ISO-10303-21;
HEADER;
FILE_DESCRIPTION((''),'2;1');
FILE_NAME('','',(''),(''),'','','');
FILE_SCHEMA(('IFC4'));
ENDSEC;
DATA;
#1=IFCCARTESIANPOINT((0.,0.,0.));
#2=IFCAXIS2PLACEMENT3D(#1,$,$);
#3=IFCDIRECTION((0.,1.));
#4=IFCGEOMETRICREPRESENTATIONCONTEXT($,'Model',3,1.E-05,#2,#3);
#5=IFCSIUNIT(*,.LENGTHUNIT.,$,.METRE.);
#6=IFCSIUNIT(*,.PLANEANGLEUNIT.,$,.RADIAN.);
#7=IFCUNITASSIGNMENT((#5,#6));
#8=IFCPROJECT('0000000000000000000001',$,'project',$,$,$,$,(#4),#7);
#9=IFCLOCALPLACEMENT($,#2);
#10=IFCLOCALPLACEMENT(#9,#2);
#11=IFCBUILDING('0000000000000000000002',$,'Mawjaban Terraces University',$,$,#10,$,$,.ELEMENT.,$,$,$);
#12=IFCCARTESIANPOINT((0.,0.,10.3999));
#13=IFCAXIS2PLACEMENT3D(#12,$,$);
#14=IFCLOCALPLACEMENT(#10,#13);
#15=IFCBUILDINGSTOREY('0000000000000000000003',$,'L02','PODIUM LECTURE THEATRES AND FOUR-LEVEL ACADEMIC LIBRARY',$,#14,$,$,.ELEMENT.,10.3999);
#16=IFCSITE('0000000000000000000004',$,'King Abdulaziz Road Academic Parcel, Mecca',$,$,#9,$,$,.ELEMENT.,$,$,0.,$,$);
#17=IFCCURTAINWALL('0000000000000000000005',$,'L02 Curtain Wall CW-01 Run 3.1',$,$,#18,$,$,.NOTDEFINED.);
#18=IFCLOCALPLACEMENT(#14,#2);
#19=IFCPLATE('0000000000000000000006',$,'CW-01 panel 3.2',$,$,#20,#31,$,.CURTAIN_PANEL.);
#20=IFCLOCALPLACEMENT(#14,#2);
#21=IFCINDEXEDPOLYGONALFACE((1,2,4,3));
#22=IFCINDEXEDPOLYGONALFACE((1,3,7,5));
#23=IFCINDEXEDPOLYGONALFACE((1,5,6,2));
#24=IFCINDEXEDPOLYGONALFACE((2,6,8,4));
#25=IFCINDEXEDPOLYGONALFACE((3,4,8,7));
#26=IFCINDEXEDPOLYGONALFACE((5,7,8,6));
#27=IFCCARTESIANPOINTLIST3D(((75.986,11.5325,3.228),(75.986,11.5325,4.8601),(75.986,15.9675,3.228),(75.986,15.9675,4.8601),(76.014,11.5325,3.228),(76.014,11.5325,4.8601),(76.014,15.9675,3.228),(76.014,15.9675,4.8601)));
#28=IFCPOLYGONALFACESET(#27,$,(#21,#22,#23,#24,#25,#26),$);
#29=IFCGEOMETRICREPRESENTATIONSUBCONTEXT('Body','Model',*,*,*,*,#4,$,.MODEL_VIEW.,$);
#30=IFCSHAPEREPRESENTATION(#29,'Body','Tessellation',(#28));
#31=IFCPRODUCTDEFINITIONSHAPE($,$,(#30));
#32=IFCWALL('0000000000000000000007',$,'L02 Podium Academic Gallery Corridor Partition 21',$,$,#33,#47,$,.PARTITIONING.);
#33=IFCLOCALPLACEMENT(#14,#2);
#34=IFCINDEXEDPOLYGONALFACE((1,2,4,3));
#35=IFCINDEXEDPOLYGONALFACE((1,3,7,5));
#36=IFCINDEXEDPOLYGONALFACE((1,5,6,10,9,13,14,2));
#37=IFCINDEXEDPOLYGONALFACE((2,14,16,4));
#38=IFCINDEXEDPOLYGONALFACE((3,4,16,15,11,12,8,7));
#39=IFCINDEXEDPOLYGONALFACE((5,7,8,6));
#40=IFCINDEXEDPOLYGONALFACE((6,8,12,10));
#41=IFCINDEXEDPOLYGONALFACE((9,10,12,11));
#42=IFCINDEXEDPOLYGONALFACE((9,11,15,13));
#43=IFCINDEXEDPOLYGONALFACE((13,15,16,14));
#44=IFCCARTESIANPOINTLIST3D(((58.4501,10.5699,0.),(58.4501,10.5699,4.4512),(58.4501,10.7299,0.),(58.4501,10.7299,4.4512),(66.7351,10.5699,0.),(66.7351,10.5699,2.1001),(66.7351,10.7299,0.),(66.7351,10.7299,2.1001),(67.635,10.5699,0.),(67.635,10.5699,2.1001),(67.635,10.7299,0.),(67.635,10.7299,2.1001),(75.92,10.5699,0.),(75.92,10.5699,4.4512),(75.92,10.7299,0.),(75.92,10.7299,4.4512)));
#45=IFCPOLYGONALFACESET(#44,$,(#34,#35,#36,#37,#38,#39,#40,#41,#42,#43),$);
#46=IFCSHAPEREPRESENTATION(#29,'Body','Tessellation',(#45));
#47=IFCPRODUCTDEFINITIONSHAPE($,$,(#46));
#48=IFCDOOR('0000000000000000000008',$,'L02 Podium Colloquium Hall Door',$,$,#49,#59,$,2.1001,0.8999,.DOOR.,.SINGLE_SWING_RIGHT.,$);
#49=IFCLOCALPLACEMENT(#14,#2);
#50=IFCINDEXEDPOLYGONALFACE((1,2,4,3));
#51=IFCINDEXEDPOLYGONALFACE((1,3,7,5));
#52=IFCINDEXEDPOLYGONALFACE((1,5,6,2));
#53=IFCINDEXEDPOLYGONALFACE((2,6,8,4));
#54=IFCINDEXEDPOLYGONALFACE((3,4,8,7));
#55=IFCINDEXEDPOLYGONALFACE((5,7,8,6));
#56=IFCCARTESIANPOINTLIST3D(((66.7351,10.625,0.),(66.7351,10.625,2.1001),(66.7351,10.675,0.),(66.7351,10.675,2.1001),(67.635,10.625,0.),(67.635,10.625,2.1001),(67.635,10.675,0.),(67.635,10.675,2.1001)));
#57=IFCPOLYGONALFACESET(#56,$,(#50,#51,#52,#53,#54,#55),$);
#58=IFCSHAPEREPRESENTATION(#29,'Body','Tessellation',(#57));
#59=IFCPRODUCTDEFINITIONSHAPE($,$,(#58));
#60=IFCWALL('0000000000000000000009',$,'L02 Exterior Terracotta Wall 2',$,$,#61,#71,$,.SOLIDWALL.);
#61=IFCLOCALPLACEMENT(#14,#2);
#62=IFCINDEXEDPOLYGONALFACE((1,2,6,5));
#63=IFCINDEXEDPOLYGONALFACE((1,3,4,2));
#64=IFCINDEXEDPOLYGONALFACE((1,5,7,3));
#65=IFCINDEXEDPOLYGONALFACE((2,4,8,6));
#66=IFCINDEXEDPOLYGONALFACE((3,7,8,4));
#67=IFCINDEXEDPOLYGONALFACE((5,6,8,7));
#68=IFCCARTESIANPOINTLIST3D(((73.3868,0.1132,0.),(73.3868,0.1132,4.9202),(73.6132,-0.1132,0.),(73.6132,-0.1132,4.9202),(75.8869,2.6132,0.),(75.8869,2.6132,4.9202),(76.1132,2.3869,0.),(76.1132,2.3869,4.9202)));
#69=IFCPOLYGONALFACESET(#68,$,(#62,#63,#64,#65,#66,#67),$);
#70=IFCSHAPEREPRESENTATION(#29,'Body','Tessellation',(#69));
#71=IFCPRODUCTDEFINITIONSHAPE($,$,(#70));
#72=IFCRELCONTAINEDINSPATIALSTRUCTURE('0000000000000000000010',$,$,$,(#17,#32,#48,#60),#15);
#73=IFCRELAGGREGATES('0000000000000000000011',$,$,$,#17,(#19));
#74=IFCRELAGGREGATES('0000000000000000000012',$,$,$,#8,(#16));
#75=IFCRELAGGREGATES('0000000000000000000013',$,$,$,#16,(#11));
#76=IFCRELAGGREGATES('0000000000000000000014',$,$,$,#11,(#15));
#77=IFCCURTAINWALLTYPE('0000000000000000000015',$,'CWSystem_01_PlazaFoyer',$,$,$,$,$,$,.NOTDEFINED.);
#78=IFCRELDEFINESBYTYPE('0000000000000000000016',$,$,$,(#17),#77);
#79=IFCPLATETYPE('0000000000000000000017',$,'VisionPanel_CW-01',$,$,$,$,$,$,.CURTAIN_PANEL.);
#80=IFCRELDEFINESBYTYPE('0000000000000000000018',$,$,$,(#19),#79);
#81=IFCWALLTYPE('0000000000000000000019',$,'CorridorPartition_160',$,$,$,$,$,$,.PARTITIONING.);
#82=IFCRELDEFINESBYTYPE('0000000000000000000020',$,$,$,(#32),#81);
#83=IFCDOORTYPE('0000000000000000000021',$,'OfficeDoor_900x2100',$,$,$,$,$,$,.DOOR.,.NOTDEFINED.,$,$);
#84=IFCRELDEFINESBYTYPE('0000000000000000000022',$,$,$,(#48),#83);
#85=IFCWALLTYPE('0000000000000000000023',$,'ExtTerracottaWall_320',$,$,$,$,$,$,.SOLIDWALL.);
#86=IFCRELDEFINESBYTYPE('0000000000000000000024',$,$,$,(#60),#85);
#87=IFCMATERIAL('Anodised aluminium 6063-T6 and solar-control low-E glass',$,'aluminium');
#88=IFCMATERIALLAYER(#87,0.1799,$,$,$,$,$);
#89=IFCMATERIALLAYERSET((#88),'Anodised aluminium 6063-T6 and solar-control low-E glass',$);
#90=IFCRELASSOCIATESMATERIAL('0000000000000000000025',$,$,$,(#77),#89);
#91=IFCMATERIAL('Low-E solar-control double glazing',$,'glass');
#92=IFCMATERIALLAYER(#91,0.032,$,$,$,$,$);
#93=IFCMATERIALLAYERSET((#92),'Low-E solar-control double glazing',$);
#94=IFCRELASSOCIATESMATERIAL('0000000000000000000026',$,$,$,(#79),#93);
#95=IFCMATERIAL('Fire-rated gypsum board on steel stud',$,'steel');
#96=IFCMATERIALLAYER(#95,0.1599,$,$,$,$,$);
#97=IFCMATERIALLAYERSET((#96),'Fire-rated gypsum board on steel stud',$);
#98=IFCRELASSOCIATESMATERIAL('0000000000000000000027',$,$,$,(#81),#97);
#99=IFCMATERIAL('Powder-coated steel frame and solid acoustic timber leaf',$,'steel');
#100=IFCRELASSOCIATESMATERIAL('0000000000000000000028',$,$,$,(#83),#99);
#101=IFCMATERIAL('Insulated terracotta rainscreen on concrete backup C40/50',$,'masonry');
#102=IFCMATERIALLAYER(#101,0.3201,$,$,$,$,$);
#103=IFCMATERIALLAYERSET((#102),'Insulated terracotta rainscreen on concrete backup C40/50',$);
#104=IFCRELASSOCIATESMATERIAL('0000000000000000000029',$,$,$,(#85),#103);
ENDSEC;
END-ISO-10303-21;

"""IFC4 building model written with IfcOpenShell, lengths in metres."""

from ifc_helpers import new_model, si_unit, direction, frame, frame_2d, origin, origin_2d, place, context, subcontext, project, spatial, rectangle, extrude, material, layer, layer_set, type_object, element, fill, aggregate, save


model = new_model("IFC4")

# Units and contexts
model_context = context("Model", 3, precision=1e-05, world=origin(), true_north=direction((0.0, 1.0)))
body_context = subcontext(model_context, "Body", "Model", "MODEL_VIEW")
ifc_project = project(units=[si_unit("LENGTHUNIT", "METRE"), si_unit("PLANEANGLEUNIT", "RADIAN")], contexts=[model_context])

# Site, building, storey
site_placement = place(None, origin())
site = spatial("IfcSite", under=ifc_project, at=site_placement, Name="King Abdulaziz Road Academic Parcel, Mecca", CompositionType="ELEMENT", RefElevation=0.0)
building_placement = place(site_placement, origin())
building = spatial("IfcBuilding", under=site, at=building_placement, Name="Mawjaban Terraces University", CompositionType="ELEMENT")
storey_placement = place(building_placement, frame((0.0, 0.0, 10.3999)))
storey = spatial("IfcBuildingStorey", under=building, at=storey_placement, Name="L02", Description="PODIUM LECTURE THEATRES AND FOUR-LEVEL ACADEMIC LIBRARY", CompositionType="ELEMENT", Elevation=10.3999)

# Curtain wall, plate
ifc_material_1 = material(Name="Anodised aluminium 6063-T6 and solar-control low-E glass", Category="aluminium")
ifc_layer_1 = layer(ifc_material_1, 0.1799)
ifc_layer_set_1 = layer_set([ifc_layer_1], Name="Anodised aluminium 6063-T6 and solar-control low-E glass")
curtain_wall_type = type_object("IfcCurtainWallType", Name="CWSystem_01_PlazaFoyer", PredefinedType="NOTDEFINED", material=ifc_layer_set_1)
curtain_wall_placement = place(storey_placement, origin())
curtain_wall = element("IfcCurtainWall", 1, at=curtain_wall_placement, inside=storey, type_object=curtain_wall_type, Name="L02 Curtain Wall CW-01 Run 3.1", PredefinedType="NOTDEFINED")
ifc_material_2 = material(Name="Low-E solar-control double glazing", Category="glass")
ifc_layer_2 = layer(ifc_material_2, 0.032)
ifc_layer_set_2 = layer_set([ifc_layer_2], Name="Low-E solar-control double glazing")
plate_type = type_object("IfcPlateType", Name="VisionPanel_CW-01", PredefinedType="CURTAIN_PANEL", material=ifc_layer_set_2)
plate_1_placement = place(storey_placement, frame((76.0, 13.75, 3.228), z_axis=(0.0, 0.0, 1.0), x_axis=(0.0, 1.0, 0.0)))
plate_1 = element("IfcPlate", 2, at=plate_1_placement, type_object=plate_type, Name="CW-01 panel 3.2", PredefinedType="CURTAIN_PANEL", context=body_context, shape_type="SweptSolid", body=[
    extrude(rectangle(XDim=4.4351, YDim=0.0281, at=origin_2d()), origin(), (0.0, 0.0, 1.0), 1.6321),
])
aggregate(curtain_wall, [plate_1])

# Wall, opening, door
ifc_material_3 = material(Name="Fire-rated gypsum board on steel stud", Category="steel")
ifc_layer_3 = layer(ifc_material_3, 0.1599)
ifc_layer_set_3 = layer_set([ifc_layer_3], Name="Fire-rated gypsum board on steel stud")
wall_type_1 = type_object("IfcWallType", Name="CorridorPartition_160", PredefinedType="PARTITIONING", material=ifc_layer_set_3)
wall_1_placement = place(storey_placement, frame((75.9199, 10.6499, 0.0), z_axis=(0.0, 0.0, 1.0), x_axis=(-1.0, 0.0, 0.0)))
wall_1 = element("IfcWall", 3, at=wall_1_placement, inside=storey, type_object=wall_type_1, Name="L02 Podium Academic Gallery Corridor Partition 21", PredefinedType="PARTITIONING", context=body_context, shape_type="SweptSolid", body=[
    extrude(rectangle(XDim=17.47, YDim=0.1599, at=frame_2d((8.7349, 0.0))), origin(), (0.0, 0.0, 1.0), 4.4512),
])
opening_placement = place(wall_1_placement, frame((8.2849, 0.0, 0.0)))
opening = element("IfcOpeningElement", 4, at=opening_placement, cuts=wall_1, PredefinedType="OPENING", context=body_context, shape_type="SweptSolid", body=[
    extrude(rectangle(XDim=0.8999, YDim=2.1001, at=frame_2d((0.45, 1.05))), frame((0.0, 0.0898, 0.0), z_axis=(0.0, -1.0, 0.0), x_axis=(1.0, 0.0, 0.0)), (0.0, 0.0, 1.0), 0.1799),
])
ifc_material_4 = material(Name="Powder-coated steel frame and solid acoustic timber leaf", Category="steel")
door_type = type_object("IfcDoorType", Name="OfficeDoor_900x2100", OperationType="NOTDEFINED", PredefinedType="DOOR", material=ifc_material_4)
door_placement = place(opening_placement, origin())
door = element("IfcDoor", 5, at=door_placement, inside=storey, type_object=door_type, Name="L02 Podium Colloquium Hall Door", OperationType="SINGLE_SWING_RIGHT", OverallHeight=2.1001, OverallWidth=0.8999, PredefinedType="DOOR", context=body_context, shape_type="SweptSolid", body=[
    extrude(rectangle(XDim=0.8999, YDim=2.1001, at=frame_2d((0.45, 1.05))), frame((0.0, 0.0249, 0.0), z_axis=(0.0, -1.0, 0.0), x_axis=(1.0, 0.0, 0.0)), (0.0, 0.0, 1.0), 0.05),
])
fill(opening, door)

# Wall
ifc_material_5 = material(Name="Insulated terracotta rainscreen on concrete backup C40/50", Category="masonry")
ifc_layer_4 = layer(ifc_material_5, 0.3201)
ifc_layer_set_4 = layer_set([ifc_layer_4], Name="Insulated terracotta rainscreen on concrete backup C40/50")
wall_type_2 = type_object("IfcWallType", Name="ExtTerracottaWall_320", PredefinedType="SOLIDWALL", material=ifc_layer_set_4)
wall_2_placement = place(storey_placement, frame((73.5, 0.0, 0.0), z_axis=(0.0, 0.0, 1.0), x_axis=(0.707107, 0.707107, 0.0)))
element("IfcWall", 6, at=wall_2_placement, inside=storey, type_object=wall_type_2, Name="L02 Exterior Terracotta Wall 2", PredefinedType="SOLIDWALL", context=body_context, shape_type="SweptSolid", body=[
    extrude(rectangle(XDim=3.5356, YDim=0.3201, at=frame_2d((1.7678, 0.0))), origin(), (0.0, 0.0, 1.0), 4.9202),
])

save(model, "model.ifc")
